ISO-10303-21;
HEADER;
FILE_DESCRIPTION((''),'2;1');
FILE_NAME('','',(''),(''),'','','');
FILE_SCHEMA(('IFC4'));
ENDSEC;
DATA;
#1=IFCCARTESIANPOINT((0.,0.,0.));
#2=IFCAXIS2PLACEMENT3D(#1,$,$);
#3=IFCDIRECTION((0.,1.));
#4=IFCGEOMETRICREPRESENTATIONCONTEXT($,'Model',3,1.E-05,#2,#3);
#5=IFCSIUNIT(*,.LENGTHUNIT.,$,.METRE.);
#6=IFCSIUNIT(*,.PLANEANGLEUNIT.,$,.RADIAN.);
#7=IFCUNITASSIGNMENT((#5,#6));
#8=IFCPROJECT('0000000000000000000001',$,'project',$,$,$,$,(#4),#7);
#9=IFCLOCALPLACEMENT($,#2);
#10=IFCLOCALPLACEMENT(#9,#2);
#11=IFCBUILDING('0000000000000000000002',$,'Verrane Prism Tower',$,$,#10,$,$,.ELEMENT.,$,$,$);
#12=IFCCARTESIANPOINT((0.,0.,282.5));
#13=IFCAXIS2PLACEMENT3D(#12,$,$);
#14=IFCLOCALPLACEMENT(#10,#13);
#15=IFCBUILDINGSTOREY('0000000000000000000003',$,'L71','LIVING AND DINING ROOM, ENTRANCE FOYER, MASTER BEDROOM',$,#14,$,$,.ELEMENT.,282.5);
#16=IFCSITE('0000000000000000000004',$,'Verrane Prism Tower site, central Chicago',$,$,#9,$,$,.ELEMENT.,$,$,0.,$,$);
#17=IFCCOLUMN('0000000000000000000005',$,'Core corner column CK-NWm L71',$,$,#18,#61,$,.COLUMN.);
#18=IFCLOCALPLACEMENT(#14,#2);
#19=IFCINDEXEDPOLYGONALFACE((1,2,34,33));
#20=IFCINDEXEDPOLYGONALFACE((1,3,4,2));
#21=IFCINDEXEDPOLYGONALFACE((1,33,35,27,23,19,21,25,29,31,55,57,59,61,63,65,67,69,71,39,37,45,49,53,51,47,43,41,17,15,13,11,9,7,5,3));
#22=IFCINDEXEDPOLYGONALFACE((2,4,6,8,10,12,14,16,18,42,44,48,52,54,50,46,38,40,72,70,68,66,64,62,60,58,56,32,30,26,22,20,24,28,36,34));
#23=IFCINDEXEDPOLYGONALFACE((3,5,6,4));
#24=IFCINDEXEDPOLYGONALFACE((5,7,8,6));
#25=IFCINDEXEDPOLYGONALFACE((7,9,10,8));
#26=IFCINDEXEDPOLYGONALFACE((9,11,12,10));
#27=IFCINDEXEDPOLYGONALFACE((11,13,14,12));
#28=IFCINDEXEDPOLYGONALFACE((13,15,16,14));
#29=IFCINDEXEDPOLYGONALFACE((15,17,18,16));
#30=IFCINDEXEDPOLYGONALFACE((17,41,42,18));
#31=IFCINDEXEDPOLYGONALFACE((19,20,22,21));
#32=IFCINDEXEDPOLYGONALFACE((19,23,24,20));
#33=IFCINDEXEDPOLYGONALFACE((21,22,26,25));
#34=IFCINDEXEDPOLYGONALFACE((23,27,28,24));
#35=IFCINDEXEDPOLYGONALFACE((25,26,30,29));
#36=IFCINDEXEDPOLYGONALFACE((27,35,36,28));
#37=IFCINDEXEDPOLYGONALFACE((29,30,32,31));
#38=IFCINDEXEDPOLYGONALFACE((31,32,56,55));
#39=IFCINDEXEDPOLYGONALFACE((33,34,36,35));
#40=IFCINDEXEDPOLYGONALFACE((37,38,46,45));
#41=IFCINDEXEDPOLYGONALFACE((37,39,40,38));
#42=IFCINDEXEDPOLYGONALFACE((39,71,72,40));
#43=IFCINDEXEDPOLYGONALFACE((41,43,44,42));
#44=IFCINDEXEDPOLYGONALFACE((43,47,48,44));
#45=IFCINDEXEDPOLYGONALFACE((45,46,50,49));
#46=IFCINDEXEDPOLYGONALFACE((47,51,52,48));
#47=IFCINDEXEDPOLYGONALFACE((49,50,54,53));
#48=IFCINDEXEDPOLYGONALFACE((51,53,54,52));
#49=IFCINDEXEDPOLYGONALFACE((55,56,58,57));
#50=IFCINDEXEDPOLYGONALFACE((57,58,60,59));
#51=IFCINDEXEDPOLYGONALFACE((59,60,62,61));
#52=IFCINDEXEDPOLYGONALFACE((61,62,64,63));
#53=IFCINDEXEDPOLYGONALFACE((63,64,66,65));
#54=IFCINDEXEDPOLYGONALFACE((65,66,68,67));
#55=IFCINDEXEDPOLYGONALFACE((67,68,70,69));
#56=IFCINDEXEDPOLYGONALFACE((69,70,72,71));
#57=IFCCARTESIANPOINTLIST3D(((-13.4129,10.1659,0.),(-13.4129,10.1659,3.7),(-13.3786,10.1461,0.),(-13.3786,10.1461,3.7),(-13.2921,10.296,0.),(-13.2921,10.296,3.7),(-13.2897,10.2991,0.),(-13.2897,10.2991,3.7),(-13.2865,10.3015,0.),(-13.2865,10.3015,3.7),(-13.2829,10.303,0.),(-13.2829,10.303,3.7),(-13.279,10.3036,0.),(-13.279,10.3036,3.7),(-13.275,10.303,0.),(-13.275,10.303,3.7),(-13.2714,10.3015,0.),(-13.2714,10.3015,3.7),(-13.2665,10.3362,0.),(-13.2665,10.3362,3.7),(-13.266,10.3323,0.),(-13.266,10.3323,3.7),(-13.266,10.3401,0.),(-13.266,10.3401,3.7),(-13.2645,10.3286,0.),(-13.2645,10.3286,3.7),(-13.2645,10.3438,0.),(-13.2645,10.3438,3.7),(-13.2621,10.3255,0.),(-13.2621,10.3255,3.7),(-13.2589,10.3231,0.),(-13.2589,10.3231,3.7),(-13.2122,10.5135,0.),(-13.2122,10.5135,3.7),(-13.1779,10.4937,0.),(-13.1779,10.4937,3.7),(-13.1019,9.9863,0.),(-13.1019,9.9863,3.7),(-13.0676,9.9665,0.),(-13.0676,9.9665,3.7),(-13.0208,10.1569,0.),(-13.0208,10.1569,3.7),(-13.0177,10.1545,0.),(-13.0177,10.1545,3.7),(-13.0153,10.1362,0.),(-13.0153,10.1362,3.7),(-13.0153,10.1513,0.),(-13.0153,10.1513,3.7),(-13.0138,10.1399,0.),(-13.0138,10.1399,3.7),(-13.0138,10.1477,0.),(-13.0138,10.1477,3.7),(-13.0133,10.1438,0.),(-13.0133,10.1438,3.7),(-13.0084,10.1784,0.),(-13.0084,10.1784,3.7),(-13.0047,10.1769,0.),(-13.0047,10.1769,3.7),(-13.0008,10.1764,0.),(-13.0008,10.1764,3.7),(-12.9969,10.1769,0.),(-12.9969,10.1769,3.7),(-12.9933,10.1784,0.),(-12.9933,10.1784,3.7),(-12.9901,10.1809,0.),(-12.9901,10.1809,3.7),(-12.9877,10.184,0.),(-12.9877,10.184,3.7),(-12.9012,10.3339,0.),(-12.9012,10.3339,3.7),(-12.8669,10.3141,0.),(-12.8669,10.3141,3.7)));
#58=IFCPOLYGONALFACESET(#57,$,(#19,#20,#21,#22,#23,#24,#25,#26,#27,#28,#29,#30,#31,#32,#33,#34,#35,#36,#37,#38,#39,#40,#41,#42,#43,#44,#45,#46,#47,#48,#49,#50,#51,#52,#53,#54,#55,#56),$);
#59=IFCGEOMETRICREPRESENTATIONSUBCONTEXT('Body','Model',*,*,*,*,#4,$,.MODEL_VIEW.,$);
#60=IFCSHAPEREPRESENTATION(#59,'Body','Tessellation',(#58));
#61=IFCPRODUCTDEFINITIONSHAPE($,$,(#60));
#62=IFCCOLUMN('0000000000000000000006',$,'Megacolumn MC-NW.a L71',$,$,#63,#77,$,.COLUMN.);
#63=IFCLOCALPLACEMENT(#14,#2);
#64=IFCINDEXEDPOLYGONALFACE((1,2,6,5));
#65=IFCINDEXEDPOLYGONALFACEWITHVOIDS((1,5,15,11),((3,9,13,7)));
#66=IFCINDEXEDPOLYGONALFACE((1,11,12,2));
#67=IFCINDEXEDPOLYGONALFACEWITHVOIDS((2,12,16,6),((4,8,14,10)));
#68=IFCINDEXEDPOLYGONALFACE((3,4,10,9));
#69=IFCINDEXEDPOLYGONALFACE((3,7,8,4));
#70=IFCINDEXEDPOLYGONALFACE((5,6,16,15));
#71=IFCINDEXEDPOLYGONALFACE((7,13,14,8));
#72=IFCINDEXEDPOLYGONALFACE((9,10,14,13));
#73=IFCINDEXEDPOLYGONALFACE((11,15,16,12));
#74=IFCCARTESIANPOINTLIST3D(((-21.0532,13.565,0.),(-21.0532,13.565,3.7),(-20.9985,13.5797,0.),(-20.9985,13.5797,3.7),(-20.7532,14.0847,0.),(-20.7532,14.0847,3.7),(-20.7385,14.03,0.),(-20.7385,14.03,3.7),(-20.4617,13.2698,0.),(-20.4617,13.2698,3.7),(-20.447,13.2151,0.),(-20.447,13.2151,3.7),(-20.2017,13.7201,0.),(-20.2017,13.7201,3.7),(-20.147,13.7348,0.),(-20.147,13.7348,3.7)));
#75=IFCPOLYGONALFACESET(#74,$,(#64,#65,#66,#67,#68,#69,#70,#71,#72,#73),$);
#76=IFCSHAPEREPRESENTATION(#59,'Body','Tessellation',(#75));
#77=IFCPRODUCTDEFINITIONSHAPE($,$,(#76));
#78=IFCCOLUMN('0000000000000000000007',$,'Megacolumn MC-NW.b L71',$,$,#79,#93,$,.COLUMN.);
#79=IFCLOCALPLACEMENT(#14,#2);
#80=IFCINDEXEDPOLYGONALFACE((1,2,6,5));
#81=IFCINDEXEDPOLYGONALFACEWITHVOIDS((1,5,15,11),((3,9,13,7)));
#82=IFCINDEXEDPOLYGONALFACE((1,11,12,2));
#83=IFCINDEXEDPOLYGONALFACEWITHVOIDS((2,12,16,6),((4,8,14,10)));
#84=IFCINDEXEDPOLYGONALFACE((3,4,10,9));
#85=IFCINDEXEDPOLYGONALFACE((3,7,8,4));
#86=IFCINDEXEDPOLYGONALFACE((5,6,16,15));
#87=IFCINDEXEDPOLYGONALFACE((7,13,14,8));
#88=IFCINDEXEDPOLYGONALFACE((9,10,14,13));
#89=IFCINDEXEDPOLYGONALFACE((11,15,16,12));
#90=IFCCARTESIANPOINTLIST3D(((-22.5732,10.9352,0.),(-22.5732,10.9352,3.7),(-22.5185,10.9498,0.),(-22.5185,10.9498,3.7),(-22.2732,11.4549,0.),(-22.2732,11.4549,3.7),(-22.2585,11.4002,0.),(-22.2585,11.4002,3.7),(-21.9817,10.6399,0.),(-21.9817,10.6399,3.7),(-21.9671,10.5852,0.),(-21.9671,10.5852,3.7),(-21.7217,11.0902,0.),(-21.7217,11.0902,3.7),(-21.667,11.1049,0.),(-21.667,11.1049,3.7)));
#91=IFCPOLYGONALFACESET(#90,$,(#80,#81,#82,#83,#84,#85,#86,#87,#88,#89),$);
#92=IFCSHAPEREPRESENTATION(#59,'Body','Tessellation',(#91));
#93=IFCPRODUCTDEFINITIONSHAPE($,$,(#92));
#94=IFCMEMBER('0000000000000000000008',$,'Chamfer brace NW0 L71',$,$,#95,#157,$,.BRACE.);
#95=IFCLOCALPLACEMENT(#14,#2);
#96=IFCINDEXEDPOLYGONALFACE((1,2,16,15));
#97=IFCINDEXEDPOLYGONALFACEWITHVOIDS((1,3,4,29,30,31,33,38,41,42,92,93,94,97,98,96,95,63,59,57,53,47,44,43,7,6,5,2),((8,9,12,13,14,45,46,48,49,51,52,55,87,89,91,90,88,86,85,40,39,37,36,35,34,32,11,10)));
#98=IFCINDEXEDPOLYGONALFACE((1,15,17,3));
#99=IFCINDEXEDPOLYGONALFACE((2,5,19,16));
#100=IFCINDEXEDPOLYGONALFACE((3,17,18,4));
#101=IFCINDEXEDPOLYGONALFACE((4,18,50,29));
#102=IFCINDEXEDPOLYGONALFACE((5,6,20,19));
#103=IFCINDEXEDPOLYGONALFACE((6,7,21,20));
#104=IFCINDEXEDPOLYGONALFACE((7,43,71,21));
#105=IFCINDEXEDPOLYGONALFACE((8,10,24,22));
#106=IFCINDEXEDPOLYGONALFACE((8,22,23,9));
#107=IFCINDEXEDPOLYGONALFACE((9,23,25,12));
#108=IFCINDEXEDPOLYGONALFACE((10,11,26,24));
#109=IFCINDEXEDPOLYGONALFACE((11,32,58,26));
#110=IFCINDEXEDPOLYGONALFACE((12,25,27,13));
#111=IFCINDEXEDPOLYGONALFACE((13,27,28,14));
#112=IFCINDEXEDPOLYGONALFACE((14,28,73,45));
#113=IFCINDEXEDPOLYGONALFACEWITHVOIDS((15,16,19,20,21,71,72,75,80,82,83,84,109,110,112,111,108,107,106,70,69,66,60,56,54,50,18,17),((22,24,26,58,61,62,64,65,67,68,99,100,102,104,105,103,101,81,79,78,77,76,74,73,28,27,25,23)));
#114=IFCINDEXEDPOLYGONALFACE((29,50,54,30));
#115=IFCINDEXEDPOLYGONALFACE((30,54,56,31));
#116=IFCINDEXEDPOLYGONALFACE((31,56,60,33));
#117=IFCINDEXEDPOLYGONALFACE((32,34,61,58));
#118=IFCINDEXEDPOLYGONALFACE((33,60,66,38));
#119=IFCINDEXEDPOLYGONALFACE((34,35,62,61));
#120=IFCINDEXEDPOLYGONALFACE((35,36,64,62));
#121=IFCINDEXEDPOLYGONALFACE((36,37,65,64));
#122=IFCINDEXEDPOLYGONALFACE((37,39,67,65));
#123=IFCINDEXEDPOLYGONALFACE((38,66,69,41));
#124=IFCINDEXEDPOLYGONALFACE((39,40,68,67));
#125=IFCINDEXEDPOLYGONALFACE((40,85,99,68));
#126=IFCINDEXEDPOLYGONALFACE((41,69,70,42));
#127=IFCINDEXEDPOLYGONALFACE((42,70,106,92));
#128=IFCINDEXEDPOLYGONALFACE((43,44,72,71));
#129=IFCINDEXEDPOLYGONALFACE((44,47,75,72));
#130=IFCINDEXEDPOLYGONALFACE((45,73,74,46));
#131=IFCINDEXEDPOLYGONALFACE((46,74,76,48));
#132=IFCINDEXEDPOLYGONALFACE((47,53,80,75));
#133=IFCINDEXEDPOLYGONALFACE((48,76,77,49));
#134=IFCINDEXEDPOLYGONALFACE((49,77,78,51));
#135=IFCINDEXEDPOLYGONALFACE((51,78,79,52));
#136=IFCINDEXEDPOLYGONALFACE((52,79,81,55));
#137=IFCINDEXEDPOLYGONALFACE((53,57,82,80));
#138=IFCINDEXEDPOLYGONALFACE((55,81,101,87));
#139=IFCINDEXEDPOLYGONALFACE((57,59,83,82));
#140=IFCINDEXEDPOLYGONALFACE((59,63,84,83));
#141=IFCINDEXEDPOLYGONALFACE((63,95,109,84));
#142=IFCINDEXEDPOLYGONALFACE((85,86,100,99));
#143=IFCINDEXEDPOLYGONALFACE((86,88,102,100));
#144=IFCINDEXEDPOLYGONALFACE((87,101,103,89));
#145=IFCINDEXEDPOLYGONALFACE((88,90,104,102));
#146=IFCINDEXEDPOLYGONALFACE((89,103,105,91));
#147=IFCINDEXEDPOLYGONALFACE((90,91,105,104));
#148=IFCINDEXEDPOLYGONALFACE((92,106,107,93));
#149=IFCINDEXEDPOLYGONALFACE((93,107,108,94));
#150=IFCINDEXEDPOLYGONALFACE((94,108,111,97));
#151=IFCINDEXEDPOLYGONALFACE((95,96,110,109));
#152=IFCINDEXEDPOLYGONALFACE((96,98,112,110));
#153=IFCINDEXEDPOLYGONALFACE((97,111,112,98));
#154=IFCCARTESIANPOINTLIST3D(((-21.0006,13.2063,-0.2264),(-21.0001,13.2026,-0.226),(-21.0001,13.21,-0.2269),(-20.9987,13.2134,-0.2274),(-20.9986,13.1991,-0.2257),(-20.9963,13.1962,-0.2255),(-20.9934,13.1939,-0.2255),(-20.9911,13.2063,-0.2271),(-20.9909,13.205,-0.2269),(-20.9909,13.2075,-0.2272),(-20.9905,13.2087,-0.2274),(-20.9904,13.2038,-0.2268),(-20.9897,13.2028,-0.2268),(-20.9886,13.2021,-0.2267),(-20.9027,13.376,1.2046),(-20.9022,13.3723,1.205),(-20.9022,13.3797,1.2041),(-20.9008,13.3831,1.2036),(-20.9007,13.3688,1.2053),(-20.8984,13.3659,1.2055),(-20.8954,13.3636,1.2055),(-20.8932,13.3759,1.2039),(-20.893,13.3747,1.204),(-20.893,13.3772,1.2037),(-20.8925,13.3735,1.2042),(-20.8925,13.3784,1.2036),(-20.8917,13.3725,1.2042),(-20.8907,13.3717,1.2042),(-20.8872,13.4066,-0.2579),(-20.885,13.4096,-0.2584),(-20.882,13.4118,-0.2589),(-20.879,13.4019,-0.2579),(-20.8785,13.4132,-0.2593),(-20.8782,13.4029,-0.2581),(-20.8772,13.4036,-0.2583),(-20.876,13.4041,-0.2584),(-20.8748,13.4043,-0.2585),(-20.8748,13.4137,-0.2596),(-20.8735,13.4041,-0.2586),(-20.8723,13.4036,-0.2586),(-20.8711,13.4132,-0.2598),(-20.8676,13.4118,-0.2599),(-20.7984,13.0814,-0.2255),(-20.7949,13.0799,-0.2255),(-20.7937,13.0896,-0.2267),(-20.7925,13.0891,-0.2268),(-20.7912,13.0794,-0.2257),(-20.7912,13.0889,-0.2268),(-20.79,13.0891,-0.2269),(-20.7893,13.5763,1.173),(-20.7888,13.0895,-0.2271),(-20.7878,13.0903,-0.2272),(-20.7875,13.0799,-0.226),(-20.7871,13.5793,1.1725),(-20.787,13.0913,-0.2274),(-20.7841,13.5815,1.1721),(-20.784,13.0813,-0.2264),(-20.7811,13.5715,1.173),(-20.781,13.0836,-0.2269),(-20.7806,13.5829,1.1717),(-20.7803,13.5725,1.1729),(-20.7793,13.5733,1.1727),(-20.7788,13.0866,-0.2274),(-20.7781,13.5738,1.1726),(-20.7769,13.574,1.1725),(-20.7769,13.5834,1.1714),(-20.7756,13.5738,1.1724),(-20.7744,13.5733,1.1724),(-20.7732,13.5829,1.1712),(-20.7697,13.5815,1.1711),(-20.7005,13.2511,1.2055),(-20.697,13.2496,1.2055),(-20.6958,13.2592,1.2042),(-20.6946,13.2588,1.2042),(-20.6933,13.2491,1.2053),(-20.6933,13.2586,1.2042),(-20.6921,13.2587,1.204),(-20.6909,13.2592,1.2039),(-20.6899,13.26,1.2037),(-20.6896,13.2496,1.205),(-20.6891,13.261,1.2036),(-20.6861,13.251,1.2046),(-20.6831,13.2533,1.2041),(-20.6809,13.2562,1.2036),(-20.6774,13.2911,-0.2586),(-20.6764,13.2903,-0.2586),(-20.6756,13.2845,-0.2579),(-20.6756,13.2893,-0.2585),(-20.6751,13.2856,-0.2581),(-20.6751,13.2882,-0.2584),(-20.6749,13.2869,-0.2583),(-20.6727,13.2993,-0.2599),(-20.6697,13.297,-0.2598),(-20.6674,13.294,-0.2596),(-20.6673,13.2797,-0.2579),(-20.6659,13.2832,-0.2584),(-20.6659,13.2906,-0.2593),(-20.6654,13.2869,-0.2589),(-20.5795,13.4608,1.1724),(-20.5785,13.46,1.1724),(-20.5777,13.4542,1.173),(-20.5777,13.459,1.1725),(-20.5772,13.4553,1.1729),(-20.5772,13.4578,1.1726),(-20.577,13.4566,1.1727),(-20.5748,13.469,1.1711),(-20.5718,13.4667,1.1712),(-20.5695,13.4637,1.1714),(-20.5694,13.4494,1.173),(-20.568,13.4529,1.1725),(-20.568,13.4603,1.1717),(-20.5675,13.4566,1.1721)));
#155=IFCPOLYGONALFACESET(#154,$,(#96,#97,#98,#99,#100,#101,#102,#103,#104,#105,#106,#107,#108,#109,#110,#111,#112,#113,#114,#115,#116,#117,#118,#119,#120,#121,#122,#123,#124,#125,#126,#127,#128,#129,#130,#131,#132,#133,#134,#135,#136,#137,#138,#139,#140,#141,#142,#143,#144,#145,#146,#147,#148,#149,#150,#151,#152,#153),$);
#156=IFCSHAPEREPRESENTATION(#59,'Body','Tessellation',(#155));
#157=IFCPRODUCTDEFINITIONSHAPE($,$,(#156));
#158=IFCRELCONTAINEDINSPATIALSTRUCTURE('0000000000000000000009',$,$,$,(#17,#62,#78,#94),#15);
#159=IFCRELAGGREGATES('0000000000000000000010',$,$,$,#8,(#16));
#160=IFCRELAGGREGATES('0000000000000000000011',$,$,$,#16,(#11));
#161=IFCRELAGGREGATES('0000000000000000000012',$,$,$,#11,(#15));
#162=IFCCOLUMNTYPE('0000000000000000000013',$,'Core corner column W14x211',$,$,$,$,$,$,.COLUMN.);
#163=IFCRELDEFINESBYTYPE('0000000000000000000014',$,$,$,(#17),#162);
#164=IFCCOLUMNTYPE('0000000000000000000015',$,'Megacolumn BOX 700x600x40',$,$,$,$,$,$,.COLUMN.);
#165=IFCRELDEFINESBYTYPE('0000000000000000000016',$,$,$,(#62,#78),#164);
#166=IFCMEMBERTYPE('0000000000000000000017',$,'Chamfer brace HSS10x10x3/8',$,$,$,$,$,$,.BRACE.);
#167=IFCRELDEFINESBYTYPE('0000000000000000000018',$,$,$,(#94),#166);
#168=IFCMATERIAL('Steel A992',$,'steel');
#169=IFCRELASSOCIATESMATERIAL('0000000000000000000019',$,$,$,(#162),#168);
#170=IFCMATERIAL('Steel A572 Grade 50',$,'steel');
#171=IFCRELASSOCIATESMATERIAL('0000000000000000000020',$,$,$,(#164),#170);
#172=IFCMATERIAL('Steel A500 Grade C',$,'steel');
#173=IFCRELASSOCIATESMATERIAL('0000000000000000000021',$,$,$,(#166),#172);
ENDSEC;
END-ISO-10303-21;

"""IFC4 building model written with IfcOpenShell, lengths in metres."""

from ifc_helpers import new_model, si_unit, direction, frame, origin, origin_2d, place, context, subcontext, project, spatial, hollow_rectangle, i_section, extrude, material, material_profile, profile_set, type_object, element, save


model = new_model("IFC4")

# Units and contexts
model_context = context("Model", 3, precision=1e-05, world=origin(), true_north=direction((0.0, 1.0)))
body_context = subcontext(model_context, "Body", "Model", "MODEL_VIEW")
ifc_project = project(units=[si_unit("LENGTHUNIT", "METRE"), si_unit("PLANEANGLEUNIT", "RADIAN")], contexts=[model_context])

# Site, building, storey
site_placement = place(None, origin())
site = spatial("IfcSite", under=ifc_project, at=site_placement, Name="Verrane Prism Tower site, central Chicago", CompositionType="ELEMENT", RefElevation=0.0)
building_placement = place(site_placement, origin())
building = spatial("IfcBuilding", under=site, at=building_placement, Name="Verrane Prism Tower", CompositionType="ELEMENT")
storey_placement = place(building_placement, frame((0.0, 0.0, 282.5)))
storey = spatial("IfcBuildingStorey", under=building, at=storey_placement, Name="L71", Description="LIVING AND DINING ROOM, ENTRANCE FOYER, MASTER BEDROOM", CompositionType="ELEMENT", Elevation=282.5)

# Columns
ifc_material_1 = material(Name="Steel A992", Category="steel")
ifc_material_profile_1 = material_profile(ifc_material_1, i_section(OverallWidth=0.4014, OverallDepth=0.3987, WebThickness=0.0249, FlangeThickness=0.0396, FilletRadius=0.0151, at=origin_2d()), Name="W14x211")
ifc_profile_set_1 = profile_set([ifc_material_profile_1], Name="Steel A992")
column_type_1 = type_object("IfcColumnType", Name="Core corner column W14x211", PredefinedType="COLUMN", material=ifc_profile_set_1)
column_placement = place(storey_placement, frame((-13.1399, 10.24, 0.0), z_axis=(0.0, 0.0, 1.0), x_axis=(0.5, 0.866025, 0.0)))
element("IfcColumn", 1, at=column_placement, inside=storey, type_object=column_type_1, Name="Core corner column CK-NWm L71", PredefinedType="COLUMN", context=body_context, shape_type="SweptSolid", body=[
    extrude(i_section(OverallWidth=0.4014, OverallDepth=0.3987, WebThickness=0.0249, FlangeThickness=0.0396, FilletRadius=0.0151, at=origin_2d()), origin(), (0.0, 0.0, 1.0), 3.7),
])
ifc_material_2 = material(Name="Steel A572 Grade 50", Category="steel")
ifc_material_profile_2 = material_profile(ifc_material_2, hollow_rectangle(XDim=0.6001, YDim=0.7, WallThickness=0.04, at=origin_2d()), Name="BOX 700x600x40")
ifc_profile_set_2 = profile_set([ifc_material_profile_2], Name="Steel A572 Grade 50")
column_type_2 = type_object("IfcColumnType", Name="Megacolumn BOX 700x600x40", PredefinedType="COLUMN", material=ifc_profile_set_2)
for number, where, z_axis, x_axis, name in (
    (2, (-20.6001, 13.6499, 0.0), (0.0, 0.0, 1.0), (0.5, 0.866025, 0.0), "Megacolumn MC-NW.a L71"),
    (3, (-22.1201, 11.02, 0.0), (0.0, 0.0, 1.0), (0.5, 0.866025, 0.0), "Megacolumn MC-NW.b L71"),
):
    element("IfcColumn", number, at=place(storey_placement, frame(where, z_axis=z_axis, x_axis=x_axis)), inside=storey, type_object=column_type_2, Name=name, PredefinedType="COLUMN", context=body_context, shape_type="SweptSolid", body=[
        extrude(hollow_rectangle(XDim=0.6001, YDim=0.7, WallThickness=0.04, at=origin_2d()), origin(), (0.0, 0.0, 1.0), 3.7),
    ])

# Member
ifc_material_3 = material(Name="Steel A500 Grade C", Category="steel")
ifc_material_profile_3 = material_profile(ifc_material_3, hollow_rectangle(XDim=0.2539, YDim=0.2539, WallThickness=0.0095, InnerFilletRadius=0.0049, OuterFilletRadius=0.0144, at=origin_2d()), Name="HSS10x10x3/8")
ifc_profile_set_3 = profile_set([ifc_material_profile_3], Name="Steel A500 Grade C")
member_type_1 = type_object("IfcMemberType", Name="Chamfer brace HSS10x10x3/8", PredefinedType="BRACE", material=ifc_profile_set_3)
member_1_placement = place(storey_placement, frame((-20.833, 13.2466, -0.2427), z_axis=(0.067786, 0.117485, 0.990759), x_axis=(-0.866165, 0.499758, 0.0)))
element("IfcMember", 4, at=member_1_placement, inside=storey, type_object=member_type_1, Name="Chamfer brace NW0 L71", PredefinedType="BRACE", context=body_context, shape_type="SweptSolid", body=[
    extrude(hollow_rectangle(XDim=0.2539, YDim=0.2539, WallThickness=0.0095, InnerFilletRadius=0.0049, OuterFilletRadius=0.0144, at=origin_2d()), origin(), (0.0, 0.0, 1.0), 1.4443),
])

save(model, "model.ifc")
